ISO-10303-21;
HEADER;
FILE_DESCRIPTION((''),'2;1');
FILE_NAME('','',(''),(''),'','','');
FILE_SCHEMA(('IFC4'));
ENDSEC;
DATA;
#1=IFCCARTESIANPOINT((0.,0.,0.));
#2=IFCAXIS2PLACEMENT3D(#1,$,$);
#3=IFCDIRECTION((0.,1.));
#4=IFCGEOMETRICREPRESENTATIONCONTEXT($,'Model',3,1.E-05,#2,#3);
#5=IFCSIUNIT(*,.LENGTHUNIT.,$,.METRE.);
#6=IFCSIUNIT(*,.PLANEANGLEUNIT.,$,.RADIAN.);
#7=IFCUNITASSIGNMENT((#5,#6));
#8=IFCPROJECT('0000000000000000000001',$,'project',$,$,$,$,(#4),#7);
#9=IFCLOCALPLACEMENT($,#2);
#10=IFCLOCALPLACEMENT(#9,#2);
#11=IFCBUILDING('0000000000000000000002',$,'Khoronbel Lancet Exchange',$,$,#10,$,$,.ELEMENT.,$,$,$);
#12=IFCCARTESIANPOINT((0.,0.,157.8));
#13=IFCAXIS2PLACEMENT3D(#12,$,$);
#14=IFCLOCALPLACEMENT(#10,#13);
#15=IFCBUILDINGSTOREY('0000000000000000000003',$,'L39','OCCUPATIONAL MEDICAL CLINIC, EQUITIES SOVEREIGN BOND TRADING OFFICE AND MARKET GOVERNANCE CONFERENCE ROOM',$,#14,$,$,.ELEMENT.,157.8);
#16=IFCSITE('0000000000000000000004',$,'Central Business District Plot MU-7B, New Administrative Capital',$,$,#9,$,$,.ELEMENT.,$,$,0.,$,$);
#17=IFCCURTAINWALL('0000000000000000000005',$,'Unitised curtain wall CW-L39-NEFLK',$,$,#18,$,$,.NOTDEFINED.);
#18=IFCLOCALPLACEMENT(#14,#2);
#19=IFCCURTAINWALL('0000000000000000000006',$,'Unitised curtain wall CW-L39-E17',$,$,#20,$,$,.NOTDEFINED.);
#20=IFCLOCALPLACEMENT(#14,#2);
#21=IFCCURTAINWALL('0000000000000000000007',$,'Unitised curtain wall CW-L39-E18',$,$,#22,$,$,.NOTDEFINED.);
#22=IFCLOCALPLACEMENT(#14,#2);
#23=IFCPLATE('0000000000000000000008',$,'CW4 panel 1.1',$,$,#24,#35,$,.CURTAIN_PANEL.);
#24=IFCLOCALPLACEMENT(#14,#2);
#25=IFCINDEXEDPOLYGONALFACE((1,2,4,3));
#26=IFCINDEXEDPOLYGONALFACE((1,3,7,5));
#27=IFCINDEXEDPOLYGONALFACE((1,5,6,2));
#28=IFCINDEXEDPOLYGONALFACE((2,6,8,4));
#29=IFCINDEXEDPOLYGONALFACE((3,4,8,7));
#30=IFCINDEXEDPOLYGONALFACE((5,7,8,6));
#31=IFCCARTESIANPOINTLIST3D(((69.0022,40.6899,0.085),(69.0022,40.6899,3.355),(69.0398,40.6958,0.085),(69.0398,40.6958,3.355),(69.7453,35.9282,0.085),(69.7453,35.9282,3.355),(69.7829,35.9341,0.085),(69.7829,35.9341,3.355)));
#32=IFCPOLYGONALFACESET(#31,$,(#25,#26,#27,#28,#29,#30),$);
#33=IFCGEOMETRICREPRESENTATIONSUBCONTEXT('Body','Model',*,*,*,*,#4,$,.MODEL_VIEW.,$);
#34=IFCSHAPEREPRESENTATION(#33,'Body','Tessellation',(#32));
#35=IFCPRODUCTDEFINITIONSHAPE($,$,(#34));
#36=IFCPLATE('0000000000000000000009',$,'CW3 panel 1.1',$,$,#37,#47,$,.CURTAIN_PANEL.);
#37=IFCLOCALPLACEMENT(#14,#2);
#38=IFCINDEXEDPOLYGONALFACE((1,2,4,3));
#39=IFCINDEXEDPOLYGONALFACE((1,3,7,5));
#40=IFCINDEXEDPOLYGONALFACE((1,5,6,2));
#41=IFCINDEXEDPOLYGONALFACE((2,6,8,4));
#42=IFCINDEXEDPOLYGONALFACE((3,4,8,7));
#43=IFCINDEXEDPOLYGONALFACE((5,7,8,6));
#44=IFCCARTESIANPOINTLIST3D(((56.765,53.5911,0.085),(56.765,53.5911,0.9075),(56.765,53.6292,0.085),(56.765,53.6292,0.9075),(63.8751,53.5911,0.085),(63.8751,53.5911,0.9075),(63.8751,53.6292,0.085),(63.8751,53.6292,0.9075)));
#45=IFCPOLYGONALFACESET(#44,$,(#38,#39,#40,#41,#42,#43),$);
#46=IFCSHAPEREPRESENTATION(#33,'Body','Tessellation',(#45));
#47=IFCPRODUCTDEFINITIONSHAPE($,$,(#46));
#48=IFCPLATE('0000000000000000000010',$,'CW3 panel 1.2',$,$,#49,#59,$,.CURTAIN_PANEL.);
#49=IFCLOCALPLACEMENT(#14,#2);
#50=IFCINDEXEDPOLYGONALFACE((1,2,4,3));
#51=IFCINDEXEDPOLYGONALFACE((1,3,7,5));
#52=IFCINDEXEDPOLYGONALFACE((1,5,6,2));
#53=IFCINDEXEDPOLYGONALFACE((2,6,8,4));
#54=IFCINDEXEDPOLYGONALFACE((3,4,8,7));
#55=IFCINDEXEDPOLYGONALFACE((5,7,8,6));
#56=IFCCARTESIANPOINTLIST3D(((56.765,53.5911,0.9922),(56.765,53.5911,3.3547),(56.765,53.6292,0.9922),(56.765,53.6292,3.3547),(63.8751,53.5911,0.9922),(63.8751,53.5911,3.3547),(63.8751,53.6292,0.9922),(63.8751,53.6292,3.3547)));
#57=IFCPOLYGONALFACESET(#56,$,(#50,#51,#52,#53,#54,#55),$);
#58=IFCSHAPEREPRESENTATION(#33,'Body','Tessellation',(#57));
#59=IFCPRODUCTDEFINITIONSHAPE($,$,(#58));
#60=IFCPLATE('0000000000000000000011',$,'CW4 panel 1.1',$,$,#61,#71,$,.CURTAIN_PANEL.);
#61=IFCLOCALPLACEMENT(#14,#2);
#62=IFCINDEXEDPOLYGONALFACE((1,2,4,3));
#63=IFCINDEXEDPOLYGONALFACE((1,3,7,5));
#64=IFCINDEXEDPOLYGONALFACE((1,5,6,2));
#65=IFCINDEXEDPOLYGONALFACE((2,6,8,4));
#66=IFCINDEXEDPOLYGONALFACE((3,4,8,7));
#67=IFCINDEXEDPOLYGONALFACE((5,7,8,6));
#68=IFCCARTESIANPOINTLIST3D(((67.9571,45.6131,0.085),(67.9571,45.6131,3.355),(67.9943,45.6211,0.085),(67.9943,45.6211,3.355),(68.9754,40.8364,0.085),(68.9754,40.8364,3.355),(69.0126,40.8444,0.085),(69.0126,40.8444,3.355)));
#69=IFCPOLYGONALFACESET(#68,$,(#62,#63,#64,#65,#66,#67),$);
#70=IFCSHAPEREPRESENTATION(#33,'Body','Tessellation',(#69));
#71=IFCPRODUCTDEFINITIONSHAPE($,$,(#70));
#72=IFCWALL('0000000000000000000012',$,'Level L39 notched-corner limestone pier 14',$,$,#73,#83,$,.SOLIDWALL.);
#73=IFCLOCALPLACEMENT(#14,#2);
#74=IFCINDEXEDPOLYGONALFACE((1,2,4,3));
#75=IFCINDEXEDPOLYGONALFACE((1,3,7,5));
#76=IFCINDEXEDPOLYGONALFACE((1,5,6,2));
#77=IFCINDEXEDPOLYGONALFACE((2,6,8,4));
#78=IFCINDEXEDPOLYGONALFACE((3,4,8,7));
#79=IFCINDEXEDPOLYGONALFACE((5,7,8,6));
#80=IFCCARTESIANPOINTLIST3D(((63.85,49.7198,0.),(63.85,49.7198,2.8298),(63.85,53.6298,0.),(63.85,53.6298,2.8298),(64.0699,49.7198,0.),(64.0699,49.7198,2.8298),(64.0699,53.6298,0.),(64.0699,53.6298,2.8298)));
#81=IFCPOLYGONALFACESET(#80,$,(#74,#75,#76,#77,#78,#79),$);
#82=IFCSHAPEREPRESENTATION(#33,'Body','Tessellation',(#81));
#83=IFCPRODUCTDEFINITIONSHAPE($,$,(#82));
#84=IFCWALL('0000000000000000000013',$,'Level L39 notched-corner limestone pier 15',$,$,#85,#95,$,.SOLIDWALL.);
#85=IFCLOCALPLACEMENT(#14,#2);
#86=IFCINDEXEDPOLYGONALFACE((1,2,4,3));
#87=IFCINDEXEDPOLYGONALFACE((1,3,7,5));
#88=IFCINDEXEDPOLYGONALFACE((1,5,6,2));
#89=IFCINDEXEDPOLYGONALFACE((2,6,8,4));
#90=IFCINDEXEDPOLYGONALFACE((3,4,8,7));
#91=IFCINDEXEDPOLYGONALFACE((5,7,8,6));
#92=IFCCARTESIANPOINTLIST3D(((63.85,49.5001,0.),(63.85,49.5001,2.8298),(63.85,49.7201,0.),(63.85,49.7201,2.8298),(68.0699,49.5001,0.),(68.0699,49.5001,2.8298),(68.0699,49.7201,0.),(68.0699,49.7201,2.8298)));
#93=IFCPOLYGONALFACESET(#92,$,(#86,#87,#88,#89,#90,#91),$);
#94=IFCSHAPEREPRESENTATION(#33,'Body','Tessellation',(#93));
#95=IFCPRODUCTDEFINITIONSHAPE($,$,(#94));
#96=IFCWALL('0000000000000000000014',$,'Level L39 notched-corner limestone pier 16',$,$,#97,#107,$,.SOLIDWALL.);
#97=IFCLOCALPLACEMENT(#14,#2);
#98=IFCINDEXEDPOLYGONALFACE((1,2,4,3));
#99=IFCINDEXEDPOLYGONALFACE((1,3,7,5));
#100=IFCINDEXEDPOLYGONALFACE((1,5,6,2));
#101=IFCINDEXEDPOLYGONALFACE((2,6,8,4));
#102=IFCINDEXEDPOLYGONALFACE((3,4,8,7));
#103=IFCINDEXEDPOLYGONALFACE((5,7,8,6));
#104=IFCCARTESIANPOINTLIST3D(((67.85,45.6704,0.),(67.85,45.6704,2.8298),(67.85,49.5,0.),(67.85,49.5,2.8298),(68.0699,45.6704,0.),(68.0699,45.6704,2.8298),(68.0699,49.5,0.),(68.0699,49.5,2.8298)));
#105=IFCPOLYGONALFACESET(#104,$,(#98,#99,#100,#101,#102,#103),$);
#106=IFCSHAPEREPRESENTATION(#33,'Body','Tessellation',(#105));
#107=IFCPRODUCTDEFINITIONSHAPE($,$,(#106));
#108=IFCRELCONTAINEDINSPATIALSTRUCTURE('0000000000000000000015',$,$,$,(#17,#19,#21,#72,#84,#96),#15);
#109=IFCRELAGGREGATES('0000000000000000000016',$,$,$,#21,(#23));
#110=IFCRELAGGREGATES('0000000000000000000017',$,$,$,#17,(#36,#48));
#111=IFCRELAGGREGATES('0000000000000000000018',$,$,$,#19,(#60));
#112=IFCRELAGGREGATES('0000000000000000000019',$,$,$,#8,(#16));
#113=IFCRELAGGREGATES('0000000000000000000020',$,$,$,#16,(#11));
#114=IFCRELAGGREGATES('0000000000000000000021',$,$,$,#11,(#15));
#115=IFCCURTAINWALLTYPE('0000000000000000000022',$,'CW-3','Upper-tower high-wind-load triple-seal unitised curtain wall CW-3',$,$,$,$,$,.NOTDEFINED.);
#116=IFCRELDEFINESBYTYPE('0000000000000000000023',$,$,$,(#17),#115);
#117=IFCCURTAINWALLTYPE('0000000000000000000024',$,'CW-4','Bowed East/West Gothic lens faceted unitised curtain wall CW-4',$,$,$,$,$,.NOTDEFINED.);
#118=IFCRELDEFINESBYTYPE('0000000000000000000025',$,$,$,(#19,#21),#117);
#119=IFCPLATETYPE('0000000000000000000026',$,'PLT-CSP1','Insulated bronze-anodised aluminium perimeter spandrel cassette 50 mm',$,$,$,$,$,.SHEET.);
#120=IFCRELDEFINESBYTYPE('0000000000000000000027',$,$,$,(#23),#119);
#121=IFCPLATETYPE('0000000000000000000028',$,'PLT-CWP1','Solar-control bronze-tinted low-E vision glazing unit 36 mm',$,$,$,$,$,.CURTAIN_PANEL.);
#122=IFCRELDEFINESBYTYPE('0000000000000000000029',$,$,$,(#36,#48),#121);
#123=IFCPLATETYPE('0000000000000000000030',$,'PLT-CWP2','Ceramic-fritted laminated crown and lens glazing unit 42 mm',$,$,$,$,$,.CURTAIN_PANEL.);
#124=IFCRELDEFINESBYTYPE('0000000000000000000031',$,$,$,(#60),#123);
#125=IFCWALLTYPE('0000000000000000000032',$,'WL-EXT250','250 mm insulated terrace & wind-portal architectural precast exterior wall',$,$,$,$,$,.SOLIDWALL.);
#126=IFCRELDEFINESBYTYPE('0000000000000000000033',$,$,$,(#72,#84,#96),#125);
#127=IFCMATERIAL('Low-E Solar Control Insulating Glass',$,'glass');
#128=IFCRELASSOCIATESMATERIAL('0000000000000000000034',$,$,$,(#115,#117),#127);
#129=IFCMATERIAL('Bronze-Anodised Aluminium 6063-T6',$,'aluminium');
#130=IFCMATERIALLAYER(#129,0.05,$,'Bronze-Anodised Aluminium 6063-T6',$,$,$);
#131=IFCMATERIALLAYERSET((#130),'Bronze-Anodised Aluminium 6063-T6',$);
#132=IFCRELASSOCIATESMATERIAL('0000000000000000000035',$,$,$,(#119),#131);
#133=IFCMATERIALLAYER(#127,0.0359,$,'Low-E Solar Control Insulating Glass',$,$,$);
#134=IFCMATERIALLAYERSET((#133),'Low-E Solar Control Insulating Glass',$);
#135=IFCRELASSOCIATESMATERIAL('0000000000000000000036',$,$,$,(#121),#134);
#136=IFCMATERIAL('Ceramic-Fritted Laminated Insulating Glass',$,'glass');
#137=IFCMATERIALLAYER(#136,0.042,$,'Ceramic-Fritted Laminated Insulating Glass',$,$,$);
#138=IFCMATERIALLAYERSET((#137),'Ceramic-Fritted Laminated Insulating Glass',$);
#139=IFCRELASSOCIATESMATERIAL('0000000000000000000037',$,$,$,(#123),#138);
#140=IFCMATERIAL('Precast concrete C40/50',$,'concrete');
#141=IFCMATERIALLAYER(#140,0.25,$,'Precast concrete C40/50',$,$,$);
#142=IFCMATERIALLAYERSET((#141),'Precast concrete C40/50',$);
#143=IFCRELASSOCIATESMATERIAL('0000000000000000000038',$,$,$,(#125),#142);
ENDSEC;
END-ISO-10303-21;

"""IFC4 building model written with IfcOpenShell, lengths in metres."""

from ifc_helpers import new_model, si_unit, direction, frame, frame_2d, origin, origin_2d, place, context, subcontext, project, spatial, rectangle, extrude, material, layer, layer_set, type_object, element, aggregate, save


model = new_model("IFC4")

# Units and contexts
model_context = context("Model", 3, precision=1e-05, world=origin(), true_north=direction((0.0, 1.0)))
body_context = subcontext(model_context, "Body", "Model", "MODEL_VIEW")
ifc_project = project(units=[si_unit("LENGTHUNIT", "METRE"), si_unit("PLANEANGLEUNIT", "RADIAN")], contexts=[model_context])

# Site, building, storey
site_placement = place(None, origin())
site = spatial("IfcSite", under=ifc_project, at=site_placement, Name="Central Business District Plot MU-7B, New Administrative Capital", CompositionType="ELEMENT", RefElevation=0.0)
building_placement = place(site_placement, origin())
building = spatial("IfcBuilding", under=site, at=building_placement, Name="Khoronbel Lancet Exchange", CompositionType="ELEMENT")
storey_placement = place(building_placement, frame((0.0, 0.0, 157.8)))
storey = spatial("IfcBuildingStorey", under=building, at=storey_placement, Name="L39", Description="OCCUPATIONAL MEDICAL CLINIC, EQUITIES SOVEREIGN BOND TRADING OFFICE AND MARKET GOVERNANCE CONFERENCE ROOM", CompositionType="ELEMENT", Elevation=157.8)

# Curtain wall
ifc_material_1 = material(Name="Low-E Solar Control Insulating Glass", Category="glass")
curtain_wall_type_1 = type_object("IfcCurtainWallType", Name="CW-3", Description="Upper-tower high-wind-load triple-seal unitised curtain wall CW-3", PredefinedType="NOTDEFINED", material=ifc_material_1)
curtain_wall_1_placement = place(storey_placement, origin())
curtain_wall_1 = element("IfcCurtainWall", 1, at=curtain_wall_1_placement, inside=storey, type_object=curtain_wall_type_1, Name="Unitised curtain wall CW-L39-NEFLK", PredefinedType="NOTDEFINED")
ifc_material_2 = material(Name="Bronze-Anodised Aluminium 6063-T6", Category="aluminium")

# Curtain walls
curtain_wall_type_2 = type_object("IfcCurtainWallType", Name="CW-4", Description="Bowed East/West Gothic lens faceted unitised curtain wall CW-4", PredefinedType="NOTDEFINED", material=ifc_material_1)
curtain_wall_2_placement = place(storey_placement, origin())
curtain_wall_2 = element("IfcCurtainWall", 2, at=curtain_wall_2_placement, inside=storey, type_object=curtain_wall_type_2, Name="Unitised curtain wall CW-L39-E17", PredefinedType="NOTDEFINED")
curtain_wall_3_placement = place(storey_placement, origin())
curtain_wall_3 = element("IfcCurtainWall", 3, at=curtain_wall_3_placement, inside=storey, type_object=curtain_wall_type_2, Name="Unitised curtain wall CW-L39-E18", PredefinedType="NOTDEFINED")

# Plates
ifc_layer_1 = layer(ifc_material_2, 0.05, Name="Bronze-Anodised Aluminium 6063-T6")
ifc_layer_set_1 = layer_set([ifc_layer_1], Name="Bronze-Anodised Aluminium 6063-T6")
plate_type_1 = type_object("IfcPlateType", Name="PLT-CSP1", Description="Insulated bronze-anodised aluminium perimeter spandrel cassette 50 mm", PredefinedType="SHEET", material=ifc_layer_set_1)
plate_1_placement = place(storey_placement, frame((69.3926, 38.312, 0.085), z_axis=(0.0, 0.0, 1.0), x_axis=(0.154189, -0.988041, 0.0)))
plate_1 = element("IfcPlate", 4, at=plate_1_placement, type_object=plate_type_1, Name="CW4 panel 1.1", PredefinedType="CURTAIN_PANEL", context=body_context, shape_type="SweptSolid", body=[
    extrude(rectangle(XDim=4.8193, YDim=0.0381, at=origin_2d()), origin(), (0.0, 0.0, 1.0), 3.27),
])
aggregate(curtain_wall_3, [plate_1])
ifc_layer_2 = layer(ifc_material_1, 0.0359, Name="Low-E Solar Control Insulating Glass")
ifc_layer_set_2 = layer_set([ifc_layer_2], Name="Low-E Solar Control Insulating Glass")
plate_type_2 = type_object("IfcPlateType", Name="PLT-CWP1", Description="Solar-control bronze-tinted low-E vision glazing unit 36 mm", PredefinedType="CURTAIN_PANEL", material=ifc_layer_set_2)
plate_2_placement = place(storey_placement, frame((60.3201, 53.6101, 0.085), z_axis=(0.0, 0.0, 1.0), x_axis=(-1.0, 0.0, 0.0)))
plate_2 = element("IfcPlate", 5, at=plate_2_placement, type_object=plate_type_2, Name="CW3 panel 1.1", PredefinedType="CURTAIN_PANEL", context=body_context, shape_type="SweptSolid", body=[
    extrude(rectangle(XDim=7.1101, YDim=0.0381, at=origin_2d()), origin(), (0.0, 0.0, 1.0), 0.8225),
])
plate_3_placement = place(storey_placement, frame((60.3201, 53.6101, 0.9922), z_axis=(0.0, 0.0, 1.0), x_axis=(-1.0, 0.0, 0.0)))
plate_3 = element("IfcPlate", 6, at=plate_3_placement, type_object=plate_type_2, Name="CW3 panel 1.2", PredefinedType="CURTAIN_PANEL", context=body_context, shape_type="SweptSolid", body=[
    extrude(rectangle(XDim=7.1101, YDim=0.0381, at=origin_2d()), origin(), (0.0, 0.0, 1.0), 2.3625),
])
aggregate(curtain_wall_1, [plate_2, plate_3])
ifc_material_3 = material(Name="Ceramic-Fritted Laminated Insulating Glass", Category="glass")
ifc_layer_3 = layer(ifc_material_3, 0.042, Name="Ceramic-Fritted Laminated Insulating Glass")
ifc_layer_set_3 = layer_set([ifc_layer_3], Name="Ceramic-Fritted Laminated Insulating Glass")
plate_type_3 = type_object("IfcPlateType", Name="PLT-CWP2", Description="Ceramic-fritted laminated crown and lens glazing unit 42 mm", PredefinedType="CURTAIN_PANEL", material=ifc_layer_set_3)
plate_4_placement = place(storey_placement, frame((68.4849, 43.2288, 0.085), z_axis=(0.0, 0.0, 1.0), x_axis=(0.208497, -0.978023, 0.0)))
plate_4 = element("IfcPlate", 7, at=plate_4_placement, type_object=plate_type_3, Name="CW4 panel 1.1", PredefinedType="CURTAIN_PANEL", context=body_context, shape_type="SweptSolid", body=[
    extrude(rectangle(XDim=4.884, YDim=0.0381, at=origin_2d()), origin(), (0.0, 0.0, 1.0), 3.27),
])
aggregate(curtain_wall_2, [plate_4])

# Walls
ifc_material_4 = material(Name="Precast concrete C40/50", Category="concrete")
ifc_layer_4 = layer(ifc_material_4, 0.25, Name="Precast concrete C40/50")
ifc_layer_set_4 = layer_set([ifc_layer_4], Name="Precast concrete C40/50")
wall_type = type_object("IfcWallType", Name="WL-EXT250", Description="250 mm insulated terrace & wind-portal architectural precast exterior wall", PredefinedType="SOLIDWALL", material=ifc_layer_set_4)
wall_1_placement = place(storey_placement, frame((63.96, 53.6299, 0.0), z_axis=(0.0, 0.0, 1.0), x_axis=(0.0, -1.0, 0.0)))
element("IfcWall", 8, at=wall_1_placement, inside=storey, type_object=wall_type, Name="Level L39 notched-corner limestone pier 14", PredefinedType="SOLIDWALL", context=body_context, shape_type="SweptSolid", body=[
    extrude(rectangle(XDim=3.9099, YDim=0.22, at=frame_2d((1.9551, 0.0))), origin(), (0.0, 0.0, 1.0), 2.8298),
])
wall_2_placement = place(storey_placement, frame((63.8501, 49.6101, 0.0), z_axis=(0.0, 0.0, 1.0), x_axis=(1.0, 0.0, 0.0)))
element("IfcWall", 9, at=wall_2_placement, inside=storey, type_object=wall_type, Name="Level L39 notched-corner limestone pier 15", PredefinedType="SOLIDWALL", context=body_context, shape_type="SweptSolid", body=[
    extrude(rectangle(XDim=4.22, YDim=0.22, at=frame_2d((2.1099, 0.0))), origin(), (0.0, 0.0, 1.0), 2.8298),
])
wall_3_placement = place(storey_placement, frame((67.96, 49.5, 0.0), z_axis=(0.0, 0.0, 1.0), x_axis=(0.0, -1.0, 0.0)))
element("IfcWall", 10, at=wall_3_placement, inside=storey, type_object=wall_type, Name="Level L39 notched-corner limestone pier 16", PredefinedType="SOLIDWALL", context=body_context, shape_type="SweptSolid", body=[
    extrude(rectangle(XDim=3.8296, YDim=0.22, at=frame_2d((1.9148, 0.0))), origin(), (0.0, 0.0, 1.0), 2.8298),
])

save(model, "model.ifc")
